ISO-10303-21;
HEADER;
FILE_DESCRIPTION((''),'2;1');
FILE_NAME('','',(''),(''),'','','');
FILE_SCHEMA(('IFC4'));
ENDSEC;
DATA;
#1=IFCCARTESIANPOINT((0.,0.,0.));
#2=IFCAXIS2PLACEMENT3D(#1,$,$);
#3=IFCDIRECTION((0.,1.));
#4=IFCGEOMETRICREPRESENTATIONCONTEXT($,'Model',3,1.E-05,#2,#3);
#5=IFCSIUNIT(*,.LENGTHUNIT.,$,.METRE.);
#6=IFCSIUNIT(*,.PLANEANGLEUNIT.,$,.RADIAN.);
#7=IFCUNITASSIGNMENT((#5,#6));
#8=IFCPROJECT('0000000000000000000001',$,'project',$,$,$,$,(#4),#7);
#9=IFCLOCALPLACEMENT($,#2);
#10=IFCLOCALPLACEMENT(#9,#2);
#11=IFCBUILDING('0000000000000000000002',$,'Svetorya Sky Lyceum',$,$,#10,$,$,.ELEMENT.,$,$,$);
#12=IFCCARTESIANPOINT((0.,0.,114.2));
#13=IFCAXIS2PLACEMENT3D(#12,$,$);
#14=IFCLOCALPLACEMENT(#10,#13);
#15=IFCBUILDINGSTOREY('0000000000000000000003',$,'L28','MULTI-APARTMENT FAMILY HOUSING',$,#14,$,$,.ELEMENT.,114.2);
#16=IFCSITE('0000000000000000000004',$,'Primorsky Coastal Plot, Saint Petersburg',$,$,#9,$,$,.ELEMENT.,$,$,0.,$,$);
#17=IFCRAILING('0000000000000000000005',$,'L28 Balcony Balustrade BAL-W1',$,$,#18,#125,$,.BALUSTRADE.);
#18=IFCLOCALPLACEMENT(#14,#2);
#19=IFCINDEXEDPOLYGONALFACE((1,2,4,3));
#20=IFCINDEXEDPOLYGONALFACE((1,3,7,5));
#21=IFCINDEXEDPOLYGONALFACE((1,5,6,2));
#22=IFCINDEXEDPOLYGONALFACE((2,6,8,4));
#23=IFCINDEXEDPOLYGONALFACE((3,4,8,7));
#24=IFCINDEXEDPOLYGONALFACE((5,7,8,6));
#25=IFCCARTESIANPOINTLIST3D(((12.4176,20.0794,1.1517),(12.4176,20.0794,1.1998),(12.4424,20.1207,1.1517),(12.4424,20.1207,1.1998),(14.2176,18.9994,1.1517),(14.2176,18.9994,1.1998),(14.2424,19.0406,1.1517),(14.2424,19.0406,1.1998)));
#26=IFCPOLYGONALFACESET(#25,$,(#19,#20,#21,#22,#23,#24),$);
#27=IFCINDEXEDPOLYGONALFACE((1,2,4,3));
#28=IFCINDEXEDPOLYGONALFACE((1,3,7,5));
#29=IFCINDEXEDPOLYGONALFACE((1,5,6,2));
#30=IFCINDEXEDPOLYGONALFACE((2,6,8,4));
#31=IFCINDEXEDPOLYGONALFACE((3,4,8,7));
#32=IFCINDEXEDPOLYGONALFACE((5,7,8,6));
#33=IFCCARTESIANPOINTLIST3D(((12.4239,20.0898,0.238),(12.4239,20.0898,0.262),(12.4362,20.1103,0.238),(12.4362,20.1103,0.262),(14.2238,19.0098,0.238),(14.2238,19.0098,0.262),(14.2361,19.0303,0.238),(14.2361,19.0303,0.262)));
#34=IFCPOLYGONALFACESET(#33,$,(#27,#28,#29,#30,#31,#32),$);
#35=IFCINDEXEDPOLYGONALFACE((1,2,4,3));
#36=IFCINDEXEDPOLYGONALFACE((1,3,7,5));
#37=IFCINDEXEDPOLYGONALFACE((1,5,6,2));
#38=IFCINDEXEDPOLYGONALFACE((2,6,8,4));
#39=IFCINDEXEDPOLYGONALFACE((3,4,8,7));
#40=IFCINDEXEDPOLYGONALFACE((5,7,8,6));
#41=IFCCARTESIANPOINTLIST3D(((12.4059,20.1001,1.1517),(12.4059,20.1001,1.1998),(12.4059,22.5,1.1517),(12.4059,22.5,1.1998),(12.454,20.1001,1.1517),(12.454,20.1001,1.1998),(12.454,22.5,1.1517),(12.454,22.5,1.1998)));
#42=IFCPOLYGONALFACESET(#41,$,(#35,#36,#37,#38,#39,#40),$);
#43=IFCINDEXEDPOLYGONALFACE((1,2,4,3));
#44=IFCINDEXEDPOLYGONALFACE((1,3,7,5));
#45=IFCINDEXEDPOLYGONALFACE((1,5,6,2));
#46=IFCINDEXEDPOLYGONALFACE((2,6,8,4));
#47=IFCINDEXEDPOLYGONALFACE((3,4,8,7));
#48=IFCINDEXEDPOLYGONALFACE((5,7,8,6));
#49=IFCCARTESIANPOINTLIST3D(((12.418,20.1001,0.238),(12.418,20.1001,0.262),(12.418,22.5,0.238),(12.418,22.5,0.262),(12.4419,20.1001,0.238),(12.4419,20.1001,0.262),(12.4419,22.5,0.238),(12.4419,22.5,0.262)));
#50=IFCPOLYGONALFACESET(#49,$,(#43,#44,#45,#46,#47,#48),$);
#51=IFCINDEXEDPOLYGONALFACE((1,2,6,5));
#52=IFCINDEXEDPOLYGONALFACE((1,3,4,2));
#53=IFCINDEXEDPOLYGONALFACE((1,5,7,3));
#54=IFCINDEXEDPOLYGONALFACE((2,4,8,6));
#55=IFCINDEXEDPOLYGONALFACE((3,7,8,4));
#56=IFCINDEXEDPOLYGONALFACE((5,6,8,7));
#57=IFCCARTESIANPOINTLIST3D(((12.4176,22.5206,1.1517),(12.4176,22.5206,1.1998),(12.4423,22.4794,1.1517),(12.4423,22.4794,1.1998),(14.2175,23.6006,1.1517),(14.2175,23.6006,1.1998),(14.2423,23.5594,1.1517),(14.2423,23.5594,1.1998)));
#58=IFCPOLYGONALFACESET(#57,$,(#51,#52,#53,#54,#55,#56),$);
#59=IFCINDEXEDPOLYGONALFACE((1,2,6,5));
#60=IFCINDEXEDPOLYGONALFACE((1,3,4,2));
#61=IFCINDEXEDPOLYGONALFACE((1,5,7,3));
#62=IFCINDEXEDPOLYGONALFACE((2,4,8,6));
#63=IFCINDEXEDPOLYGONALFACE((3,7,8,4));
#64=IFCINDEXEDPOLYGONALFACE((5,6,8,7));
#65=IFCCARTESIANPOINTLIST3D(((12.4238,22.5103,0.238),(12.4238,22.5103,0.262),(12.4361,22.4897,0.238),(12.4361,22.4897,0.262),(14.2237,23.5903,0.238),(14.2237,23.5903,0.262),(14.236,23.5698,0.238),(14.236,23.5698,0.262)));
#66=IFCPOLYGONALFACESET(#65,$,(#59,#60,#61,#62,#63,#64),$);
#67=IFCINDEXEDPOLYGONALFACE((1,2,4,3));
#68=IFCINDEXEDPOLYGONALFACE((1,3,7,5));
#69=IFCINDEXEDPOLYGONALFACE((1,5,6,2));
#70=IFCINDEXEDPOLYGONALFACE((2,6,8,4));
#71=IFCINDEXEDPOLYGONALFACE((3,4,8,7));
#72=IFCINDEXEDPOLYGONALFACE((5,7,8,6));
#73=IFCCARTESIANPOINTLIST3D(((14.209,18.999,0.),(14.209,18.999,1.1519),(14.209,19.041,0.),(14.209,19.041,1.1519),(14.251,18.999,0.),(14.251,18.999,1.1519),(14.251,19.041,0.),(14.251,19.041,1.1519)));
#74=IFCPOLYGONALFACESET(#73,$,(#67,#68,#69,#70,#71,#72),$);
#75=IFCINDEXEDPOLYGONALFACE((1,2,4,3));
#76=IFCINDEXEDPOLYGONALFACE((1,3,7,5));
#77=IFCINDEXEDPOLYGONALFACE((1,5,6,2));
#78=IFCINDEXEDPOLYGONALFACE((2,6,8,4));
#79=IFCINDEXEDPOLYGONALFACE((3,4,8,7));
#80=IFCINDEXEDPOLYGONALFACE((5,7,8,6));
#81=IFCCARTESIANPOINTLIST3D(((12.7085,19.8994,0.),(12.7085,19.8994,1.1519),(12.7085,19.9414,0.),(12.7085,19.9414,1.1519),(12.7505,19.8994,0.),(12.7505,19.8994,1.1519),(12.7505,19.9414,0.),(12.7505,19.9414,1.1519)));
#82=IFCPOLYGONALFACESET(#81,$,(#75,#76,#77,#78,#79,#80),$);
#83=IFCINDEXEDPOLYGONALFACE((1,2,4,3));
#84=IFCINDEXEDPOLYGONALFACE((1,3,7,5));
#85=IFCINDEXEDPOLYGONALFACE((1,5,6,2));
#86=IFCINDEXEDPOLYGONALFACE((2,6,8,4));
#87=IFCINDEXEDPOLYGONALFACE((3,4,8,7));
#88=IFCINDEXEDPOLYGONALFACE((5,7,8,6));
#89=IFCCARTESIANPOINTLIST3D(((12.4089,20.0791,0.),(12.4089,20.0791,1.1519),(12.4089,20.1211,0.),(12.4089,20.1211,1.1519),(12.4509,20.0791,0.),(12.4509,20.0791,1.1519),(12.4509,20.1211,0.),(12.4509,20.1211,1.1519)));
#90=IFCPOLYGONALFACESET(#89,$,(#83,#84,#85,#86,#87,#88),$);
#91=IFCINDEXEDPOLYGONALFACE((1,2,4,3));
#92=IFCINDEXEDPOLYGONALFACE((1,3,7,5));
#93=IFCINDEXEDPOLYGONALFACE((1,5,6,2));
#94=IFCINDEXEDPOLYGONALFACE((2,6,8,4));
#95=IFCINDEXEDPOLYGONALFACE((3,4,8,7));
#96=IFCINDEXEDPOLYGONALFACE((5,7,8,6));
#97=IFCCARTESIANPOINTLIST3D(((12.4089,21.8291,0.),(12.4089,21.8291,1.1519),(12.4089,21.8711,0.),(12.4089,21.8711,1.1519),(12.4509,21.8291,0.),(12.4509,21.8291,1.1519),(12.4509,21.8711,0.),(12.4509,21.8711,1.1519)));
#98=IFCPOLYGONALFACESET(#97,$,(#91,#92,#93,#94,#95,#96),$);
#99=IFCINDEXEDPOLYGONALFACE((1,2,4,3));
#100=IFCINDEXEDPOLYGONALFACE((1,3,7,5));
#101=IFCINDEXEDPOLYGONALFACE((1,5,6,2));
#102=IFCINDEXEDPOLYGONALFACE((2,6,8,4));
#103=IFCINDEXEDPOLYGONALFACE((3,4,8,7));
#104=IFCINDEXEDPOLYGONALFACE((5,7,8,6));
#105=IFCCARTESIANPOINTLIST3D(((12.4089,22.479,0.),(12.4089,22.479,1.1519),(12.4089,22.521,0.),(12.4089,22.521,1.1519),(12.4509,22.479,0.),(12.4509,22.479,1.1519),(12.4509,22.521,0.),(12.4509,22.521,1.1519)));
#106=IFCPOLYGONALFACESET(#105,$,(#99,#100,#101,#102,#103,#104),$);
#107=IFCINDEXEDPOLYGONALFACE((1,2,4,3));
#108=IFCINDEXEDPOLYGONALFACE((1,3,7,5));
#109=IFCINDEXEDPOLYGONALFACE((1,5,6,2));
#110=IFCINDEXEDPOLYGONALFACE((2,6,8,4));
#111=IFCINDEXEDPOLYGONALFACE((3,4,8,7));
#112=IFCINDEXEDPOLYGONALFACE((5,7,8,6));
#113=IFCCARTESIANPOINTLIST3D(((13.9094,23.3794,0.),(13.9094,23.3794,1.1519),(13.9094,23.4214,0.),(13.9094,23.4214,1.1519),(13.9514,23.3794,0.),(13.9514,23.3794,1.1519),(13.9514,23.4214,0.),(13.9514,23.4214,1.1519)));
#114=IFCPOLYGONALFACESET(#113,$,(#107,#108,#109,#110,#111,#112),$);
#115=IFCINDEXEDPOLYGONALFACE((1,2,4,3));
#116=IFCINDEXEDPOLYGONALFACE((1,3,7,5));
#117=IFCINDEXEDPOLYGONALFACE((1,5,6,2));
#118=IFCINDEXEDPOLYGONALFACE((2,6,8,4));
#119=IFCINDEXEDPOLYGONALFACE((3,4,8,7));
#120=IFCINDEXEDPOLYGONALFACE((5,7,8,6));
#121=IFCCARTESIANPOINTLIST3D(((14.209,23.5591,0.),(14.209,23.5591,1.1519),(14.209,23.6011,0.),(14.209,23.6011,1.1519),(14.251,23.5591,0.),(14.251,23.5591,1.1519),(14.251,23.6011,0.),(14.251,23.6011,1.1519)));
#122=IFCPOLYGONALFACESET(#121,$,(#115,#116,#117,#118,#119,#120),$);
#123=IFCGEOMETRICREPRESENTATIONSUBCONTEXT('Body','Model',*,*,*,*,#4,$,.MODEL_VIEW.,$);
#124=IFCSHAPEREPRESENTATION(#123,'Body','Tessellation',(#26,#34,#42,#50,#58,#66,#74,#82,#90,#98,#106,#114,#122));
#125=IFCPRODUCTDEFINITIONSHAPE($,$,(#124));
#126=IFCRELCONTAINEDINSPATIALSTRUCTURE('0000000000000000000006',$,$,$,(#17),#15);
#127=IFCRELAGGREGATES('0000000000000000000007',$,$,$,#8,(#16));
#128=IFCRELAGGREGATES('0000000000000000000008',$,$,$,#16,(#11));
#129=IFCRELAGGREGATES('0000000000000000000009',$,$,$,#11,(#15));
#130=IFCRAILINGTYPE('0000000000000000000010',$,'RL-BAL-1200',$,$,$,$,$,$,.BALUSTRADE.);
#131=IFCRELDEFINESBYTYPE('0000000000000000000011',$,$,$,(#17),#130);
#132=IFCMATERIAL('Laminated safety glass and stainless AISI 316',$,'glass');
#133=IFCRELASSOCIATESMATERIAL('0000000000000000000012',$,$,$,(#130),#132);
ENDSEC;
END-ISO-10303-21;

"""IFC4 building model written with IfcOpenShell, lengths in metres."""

from ifc_helpers import new_model, si_unit, direction, frame, origin, origin_2d, place, context, subcontext, project, spatial, rectangle, extrude, material, type_object, element, save


model = new_model("IFC4")

# Units and contexts
model_context = context("Model", 3, precision=1e-05, world=origin(), true_north=direction((0.0, 1.0)))
body_context = subcontext(model_context, "Body", "Model", "MODEL_VIEW")
ifc_project = project(units=[si_unit("LENGTHUNIT", "METRE"), si_unit("PLANEANGLEUNIT", "RADIAN")], contexts=[model_context])

# Site, building, storey
site_placement = place(None, origin())
site = spatial("IfcSite", under=ifc_project, at=site_placement, Name="Primorsky Coastal Plot, Saint Petersburg", CompositionType="ELEMENT", RefElevation=0.0)
building_placement = place(site_placement, origin())
building = spatial("IfcBuilding", under=site, at=building_placement, Name="Svetorya Sky Lyceum", CompositionType="ELEMENT")
storey_placement = place(building_placement, frame((0.0, 0.0, 114.2)))
storey = spatial("IfcBuildingStorey", under=building, at=storey_placement, Name="L28", Description="MULTI-APARTMENT FAMILY HOUSING", CompositionType="ELEMENT", Elevation=114.2)

# Railing
ifc_material_1 = material(Name="Laminated safety glass and stainless AISI 316", Category="glass")
railing_type = type_object("IfcRailingType", Name="RL-BAL-1200", PredefinedType="BALUSTRADE", material=ifc_material_1)
railing_placement = place(storey_placement, frame((14.23, 19.02, 0.0)))
element("IfcRailing", 1, at=railing_placement, inside=storey, type_object=railing_type, Name="L28 Balcony Balustrade BAL-W1", PredefinedType="BALUSTRADE", context=body_context, shape_type="SweptSolid", body=[
    extrude(rectangle(XDim=0.0481, YDim=0.0481, at=origin_2d()), frame((0.0, 0.0, 1.1758), z_axis=(-0.857483, 0.514513, 0.0), x_axis=(-0.514513, -0.857483, 0.0)), (0.0, 0.0, 1.0), 2.0991),
    extrude(rectangle(XDim=0.0239, YDim=0.0239, at=origin_2d()), frame((0.0, 0.0, 0.25), z_axis=(-0.857483, 0.514513, 0.0), x_axis=(-0.514513, -0.857483, 0.0)), (0.0, 0.0, 1.0), 2.0991),
    extrude(rectangle(XDim=0.0481, YDim=0.0481, at=origin_2d()), frame((-1.8, 1.0801, 1.1758), z_axis=(0.0, 1.0, 0.0), x_axis=(-1.0, 0.0, 0.0)), (0.0, 0.0, 1.0), 2.3999),
    extrude(rectangle(XDim=0.0239, YDim=0.0239, at=origin_2d()), frame((-1.8, 1.0801, 0.25), z_axis=(0.0, 1.0, 0.0), x_axis=(-1.0, 0.0, 0.0)), (0.0, 0.0, 1.0), 2.3999),
    extrude(rectangle(XDim=0.0481, YDim=0.0481, at=origin_2d()), frame((-1.8, 3.48, 1.1758), z_axis=(0.857483, 0.514513, 0.0), x_axis=(-0.514513, 0.857483, 0.0)), (0.0, 0.0, 1.0), 2.0991),
    extrude(rectangle(XDim=0.0239, YDim=0.0239, at=origin_2d()), frame((-1.8, 3.48, 0.25), z_axis=(0.857483, 0.514513, 0.0), x_axis=(-0.514513, 0.857483, 0.0)), (0.0, 0.0, 1.0), 2.0991),
    extrude(rectangle(XDim=0.042, YDim=0.042, at=origin_2d()), origin(), (0.0, 0.0, 1.0), 1.1519),
    extrude(rectangle(XDim=0.042, YDim=0.042, at=origin_2d()), frame((-1.5005, 0.9004, 0.0)), (0.0, 0.0, 1.0), 1.1519),
    extrude(rectangle(XDim=0.042, YDim=0.042, at=origin_2d()), frame((-1.8, 1.0801, 0.0)), (0.0, 0.0, 1.0), 1.1519),
    extrude(rectangle(XDim=0.042, YDim=0.042, at=origin_2d()), frame((-1.8, 2.8301, 0.0)), (0.0, 0.0, 1.0), 1.1519),
    extrude(rectangle(XDim=0.042, YDim=0.042, at=origin_2d()), frame((-1.8, 3.48, 0.0)), (0.0, 0.0, 1.0), 1.1519),
    extrude(rectangle(XDim=0.042, YDim=0.042, at=origin_2d()), frame((-0.2996, 4.3804, 0.0)), (0.0, 0.0, 1.0), 1.1519),
    extrude(rectangle(XDim=0.042, YDim=0.042, at=origin_2d()), frame((0.0, 4.5601, 0.0)), (0.0, 0.0, 1.0), 1.1519),
])

save(model, "model.ifc")
